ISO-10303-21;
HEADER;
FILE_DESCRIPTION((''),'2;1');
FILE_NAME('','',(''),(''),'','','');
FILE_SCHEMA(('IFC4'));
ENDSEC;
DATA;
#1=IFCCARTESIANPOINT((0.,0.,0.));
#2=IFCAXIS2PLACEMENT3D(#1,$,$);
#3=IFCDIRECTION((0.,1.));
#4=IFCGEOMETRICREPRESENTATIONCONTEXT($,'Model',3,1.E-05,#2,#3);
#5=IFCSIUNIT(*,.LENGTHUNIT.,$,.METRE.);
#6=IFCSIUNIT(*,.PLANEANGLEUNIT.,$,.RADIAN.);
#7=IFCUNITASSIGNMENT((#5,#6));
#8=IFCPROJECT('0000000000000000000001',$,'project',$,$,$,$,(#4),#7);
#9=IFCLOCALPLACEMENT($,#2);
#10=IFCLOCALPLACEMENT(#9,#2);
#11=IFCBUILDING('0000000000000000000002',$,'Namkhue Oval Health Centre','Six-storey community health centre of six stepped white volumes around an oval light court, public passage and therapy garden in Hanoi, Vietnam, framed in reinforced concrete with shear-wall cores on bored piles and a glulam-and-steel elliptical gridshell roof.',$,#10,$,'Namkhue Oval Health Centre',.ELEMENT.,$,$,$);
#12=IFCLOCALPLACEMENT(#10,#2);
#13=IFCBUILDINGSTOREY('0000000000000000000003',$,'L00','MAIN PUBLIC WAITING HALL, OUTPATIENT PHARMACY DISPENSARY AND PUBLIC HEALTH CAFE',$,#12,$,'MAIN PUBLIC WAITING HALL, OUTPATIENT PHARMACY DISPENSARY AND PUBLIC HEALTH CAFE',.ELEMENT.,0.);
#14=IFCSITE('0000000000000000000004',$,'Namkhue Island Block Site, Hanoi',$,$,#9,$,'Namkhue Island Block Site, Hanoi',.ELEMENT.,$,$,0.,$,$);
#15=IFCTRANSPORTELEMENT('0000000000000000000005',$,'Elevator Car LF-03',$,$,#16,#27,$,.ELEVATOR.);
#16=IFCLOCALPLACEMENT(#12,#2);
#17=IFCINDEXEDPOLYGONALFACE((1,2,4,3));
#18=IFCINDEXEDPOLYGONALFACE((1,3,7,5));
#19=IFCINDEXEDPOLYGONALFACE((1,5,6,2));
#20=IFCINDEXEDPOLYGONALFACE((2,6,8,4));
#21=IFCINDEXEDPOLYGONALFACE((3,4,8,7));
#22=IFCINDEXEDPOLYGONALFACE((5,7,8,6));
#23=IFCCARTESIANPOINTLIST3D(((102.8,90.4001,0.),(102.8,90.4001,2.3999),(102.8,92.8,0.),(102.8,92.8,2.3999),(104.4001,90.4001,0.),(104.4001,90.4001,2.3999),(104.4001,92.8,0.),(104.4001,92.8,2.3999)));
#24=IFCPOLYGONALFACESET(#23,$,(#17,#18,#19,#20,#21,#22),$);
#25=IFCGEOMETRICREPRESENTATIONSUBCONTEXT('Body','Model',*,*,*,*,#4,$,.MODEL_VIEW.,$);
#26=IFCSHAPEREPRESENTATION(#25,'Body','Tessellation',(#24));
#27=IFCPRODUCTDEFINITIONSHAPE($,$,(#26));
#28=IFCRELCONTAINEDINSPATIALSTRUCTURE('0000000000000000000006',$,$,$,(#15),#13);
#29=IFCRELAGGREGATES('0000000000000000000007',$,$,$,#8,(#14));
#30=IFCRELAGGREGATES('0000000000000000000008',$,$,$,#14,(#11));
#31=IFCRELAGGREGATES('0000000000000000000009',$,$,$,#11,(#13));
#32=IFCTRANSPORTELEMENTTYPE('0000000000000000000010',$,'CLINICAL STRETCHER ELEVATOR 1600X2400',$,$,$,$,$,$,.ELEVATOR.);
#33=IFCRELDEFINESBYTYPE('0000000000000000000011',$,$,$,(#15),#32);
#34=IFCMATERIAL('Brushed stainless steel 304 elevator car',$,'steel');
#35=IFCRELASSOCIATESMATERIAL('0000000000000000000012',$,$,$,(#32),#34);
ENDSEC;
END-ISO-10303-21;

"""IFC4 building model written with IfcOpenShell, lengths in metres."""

from ifc_helpers import new_model, si_unit, direction, frame, origin, origin_2d, place, context, subcontext, project, spatial, rectangle, extrude, material, type_object, element, save


model = new_model("IFC4")

# Units and contexts
model_context = context("Model", 3, precision=1e-05, world=origin(), true_north=direction((0.0, 1.0)))
body_context = subcontext(model_context, "Body", "Model", "MODEL_VIEW")
ifc_project = project(units=[si_unit("LENGTHUNIT", "METRE"), si_unit("PLANEANGLEUNIT", "RADIAN")], contexts=[model_context])

# Site, building, storey
site_placement = place(None, origin())
site = spatial("IfcSite", under=ifc_project, at=site_placement, Name="Namkhue Island Block Site, Hanoi", LongName="Namkhue Island Block Site, Hanoi", CompositionType="ELEMENT", RefElevation=0.0)
building_placement = place(site_placement, origin())
building = spatial("IfcBuilding", under=site, at=building_placement, Name="Namkhue Oval Health Centre", Description="Six-storey community health centre of six stepped white volumes around an oval light court, public passage and therapy garden in Hanoi, Vietnam, framed in reinforced concrete with shear-wall cores on bored piles and a glulam-and-steel elliptical gridshell roof.", LongName="Namkhue Oval Health Centre", CompositionType="ELEMENT")
storey_placement = place(building_placement, origin())
storey = spatial("IfcBuildingStorey", under=building, at=storey_placement, Name="L00", Description="MAIN PUBLIC WAITING HALL, OUTPATIENT PHARMACY DISPENSARY AND PUBLIC HEALTH CAFE", LongName="MAIN PUBLIC WAITING HALL, OUTPATIENT PHARMACY DISPENSARY AND PUBLIC HEALTH CAFE", CompositionType="ELEMENT", Elevation=0.0)

# Transport element
ifc_material_1 = material(Name="Brushed stainless steel 304 elevator car", Category="steel")
transport_element_type = type_object("IfcTransportElementType", Name="CLINICAL STRETCHER ELEVATOR 1600X2400", PredefinedType="ELEVATOR", material=ifc_material_1)
transport_element_placement = place(storey_placement, frame((103.6001, 91.6001, 0.0), z_axis=(0.0, 0.0, 1.0), x_axis=(1.0, 0.0, 0.0)))
element("IfcTransportElement", 1, at=transport_element_placement, inside=storey, type_object=transport_element_type, Name="Elevator Car LF-03", PredefinedType="ELEVATOR", context=body_context, shape_type="SweptSolid", body=[
    extrude(rectangle(XDim=1.6001, YDim=2.3999, at=origin_2d()), origin(), (0.0, 0.0, 1.0), 2.3999),
])

save(model, "model.ifc")
